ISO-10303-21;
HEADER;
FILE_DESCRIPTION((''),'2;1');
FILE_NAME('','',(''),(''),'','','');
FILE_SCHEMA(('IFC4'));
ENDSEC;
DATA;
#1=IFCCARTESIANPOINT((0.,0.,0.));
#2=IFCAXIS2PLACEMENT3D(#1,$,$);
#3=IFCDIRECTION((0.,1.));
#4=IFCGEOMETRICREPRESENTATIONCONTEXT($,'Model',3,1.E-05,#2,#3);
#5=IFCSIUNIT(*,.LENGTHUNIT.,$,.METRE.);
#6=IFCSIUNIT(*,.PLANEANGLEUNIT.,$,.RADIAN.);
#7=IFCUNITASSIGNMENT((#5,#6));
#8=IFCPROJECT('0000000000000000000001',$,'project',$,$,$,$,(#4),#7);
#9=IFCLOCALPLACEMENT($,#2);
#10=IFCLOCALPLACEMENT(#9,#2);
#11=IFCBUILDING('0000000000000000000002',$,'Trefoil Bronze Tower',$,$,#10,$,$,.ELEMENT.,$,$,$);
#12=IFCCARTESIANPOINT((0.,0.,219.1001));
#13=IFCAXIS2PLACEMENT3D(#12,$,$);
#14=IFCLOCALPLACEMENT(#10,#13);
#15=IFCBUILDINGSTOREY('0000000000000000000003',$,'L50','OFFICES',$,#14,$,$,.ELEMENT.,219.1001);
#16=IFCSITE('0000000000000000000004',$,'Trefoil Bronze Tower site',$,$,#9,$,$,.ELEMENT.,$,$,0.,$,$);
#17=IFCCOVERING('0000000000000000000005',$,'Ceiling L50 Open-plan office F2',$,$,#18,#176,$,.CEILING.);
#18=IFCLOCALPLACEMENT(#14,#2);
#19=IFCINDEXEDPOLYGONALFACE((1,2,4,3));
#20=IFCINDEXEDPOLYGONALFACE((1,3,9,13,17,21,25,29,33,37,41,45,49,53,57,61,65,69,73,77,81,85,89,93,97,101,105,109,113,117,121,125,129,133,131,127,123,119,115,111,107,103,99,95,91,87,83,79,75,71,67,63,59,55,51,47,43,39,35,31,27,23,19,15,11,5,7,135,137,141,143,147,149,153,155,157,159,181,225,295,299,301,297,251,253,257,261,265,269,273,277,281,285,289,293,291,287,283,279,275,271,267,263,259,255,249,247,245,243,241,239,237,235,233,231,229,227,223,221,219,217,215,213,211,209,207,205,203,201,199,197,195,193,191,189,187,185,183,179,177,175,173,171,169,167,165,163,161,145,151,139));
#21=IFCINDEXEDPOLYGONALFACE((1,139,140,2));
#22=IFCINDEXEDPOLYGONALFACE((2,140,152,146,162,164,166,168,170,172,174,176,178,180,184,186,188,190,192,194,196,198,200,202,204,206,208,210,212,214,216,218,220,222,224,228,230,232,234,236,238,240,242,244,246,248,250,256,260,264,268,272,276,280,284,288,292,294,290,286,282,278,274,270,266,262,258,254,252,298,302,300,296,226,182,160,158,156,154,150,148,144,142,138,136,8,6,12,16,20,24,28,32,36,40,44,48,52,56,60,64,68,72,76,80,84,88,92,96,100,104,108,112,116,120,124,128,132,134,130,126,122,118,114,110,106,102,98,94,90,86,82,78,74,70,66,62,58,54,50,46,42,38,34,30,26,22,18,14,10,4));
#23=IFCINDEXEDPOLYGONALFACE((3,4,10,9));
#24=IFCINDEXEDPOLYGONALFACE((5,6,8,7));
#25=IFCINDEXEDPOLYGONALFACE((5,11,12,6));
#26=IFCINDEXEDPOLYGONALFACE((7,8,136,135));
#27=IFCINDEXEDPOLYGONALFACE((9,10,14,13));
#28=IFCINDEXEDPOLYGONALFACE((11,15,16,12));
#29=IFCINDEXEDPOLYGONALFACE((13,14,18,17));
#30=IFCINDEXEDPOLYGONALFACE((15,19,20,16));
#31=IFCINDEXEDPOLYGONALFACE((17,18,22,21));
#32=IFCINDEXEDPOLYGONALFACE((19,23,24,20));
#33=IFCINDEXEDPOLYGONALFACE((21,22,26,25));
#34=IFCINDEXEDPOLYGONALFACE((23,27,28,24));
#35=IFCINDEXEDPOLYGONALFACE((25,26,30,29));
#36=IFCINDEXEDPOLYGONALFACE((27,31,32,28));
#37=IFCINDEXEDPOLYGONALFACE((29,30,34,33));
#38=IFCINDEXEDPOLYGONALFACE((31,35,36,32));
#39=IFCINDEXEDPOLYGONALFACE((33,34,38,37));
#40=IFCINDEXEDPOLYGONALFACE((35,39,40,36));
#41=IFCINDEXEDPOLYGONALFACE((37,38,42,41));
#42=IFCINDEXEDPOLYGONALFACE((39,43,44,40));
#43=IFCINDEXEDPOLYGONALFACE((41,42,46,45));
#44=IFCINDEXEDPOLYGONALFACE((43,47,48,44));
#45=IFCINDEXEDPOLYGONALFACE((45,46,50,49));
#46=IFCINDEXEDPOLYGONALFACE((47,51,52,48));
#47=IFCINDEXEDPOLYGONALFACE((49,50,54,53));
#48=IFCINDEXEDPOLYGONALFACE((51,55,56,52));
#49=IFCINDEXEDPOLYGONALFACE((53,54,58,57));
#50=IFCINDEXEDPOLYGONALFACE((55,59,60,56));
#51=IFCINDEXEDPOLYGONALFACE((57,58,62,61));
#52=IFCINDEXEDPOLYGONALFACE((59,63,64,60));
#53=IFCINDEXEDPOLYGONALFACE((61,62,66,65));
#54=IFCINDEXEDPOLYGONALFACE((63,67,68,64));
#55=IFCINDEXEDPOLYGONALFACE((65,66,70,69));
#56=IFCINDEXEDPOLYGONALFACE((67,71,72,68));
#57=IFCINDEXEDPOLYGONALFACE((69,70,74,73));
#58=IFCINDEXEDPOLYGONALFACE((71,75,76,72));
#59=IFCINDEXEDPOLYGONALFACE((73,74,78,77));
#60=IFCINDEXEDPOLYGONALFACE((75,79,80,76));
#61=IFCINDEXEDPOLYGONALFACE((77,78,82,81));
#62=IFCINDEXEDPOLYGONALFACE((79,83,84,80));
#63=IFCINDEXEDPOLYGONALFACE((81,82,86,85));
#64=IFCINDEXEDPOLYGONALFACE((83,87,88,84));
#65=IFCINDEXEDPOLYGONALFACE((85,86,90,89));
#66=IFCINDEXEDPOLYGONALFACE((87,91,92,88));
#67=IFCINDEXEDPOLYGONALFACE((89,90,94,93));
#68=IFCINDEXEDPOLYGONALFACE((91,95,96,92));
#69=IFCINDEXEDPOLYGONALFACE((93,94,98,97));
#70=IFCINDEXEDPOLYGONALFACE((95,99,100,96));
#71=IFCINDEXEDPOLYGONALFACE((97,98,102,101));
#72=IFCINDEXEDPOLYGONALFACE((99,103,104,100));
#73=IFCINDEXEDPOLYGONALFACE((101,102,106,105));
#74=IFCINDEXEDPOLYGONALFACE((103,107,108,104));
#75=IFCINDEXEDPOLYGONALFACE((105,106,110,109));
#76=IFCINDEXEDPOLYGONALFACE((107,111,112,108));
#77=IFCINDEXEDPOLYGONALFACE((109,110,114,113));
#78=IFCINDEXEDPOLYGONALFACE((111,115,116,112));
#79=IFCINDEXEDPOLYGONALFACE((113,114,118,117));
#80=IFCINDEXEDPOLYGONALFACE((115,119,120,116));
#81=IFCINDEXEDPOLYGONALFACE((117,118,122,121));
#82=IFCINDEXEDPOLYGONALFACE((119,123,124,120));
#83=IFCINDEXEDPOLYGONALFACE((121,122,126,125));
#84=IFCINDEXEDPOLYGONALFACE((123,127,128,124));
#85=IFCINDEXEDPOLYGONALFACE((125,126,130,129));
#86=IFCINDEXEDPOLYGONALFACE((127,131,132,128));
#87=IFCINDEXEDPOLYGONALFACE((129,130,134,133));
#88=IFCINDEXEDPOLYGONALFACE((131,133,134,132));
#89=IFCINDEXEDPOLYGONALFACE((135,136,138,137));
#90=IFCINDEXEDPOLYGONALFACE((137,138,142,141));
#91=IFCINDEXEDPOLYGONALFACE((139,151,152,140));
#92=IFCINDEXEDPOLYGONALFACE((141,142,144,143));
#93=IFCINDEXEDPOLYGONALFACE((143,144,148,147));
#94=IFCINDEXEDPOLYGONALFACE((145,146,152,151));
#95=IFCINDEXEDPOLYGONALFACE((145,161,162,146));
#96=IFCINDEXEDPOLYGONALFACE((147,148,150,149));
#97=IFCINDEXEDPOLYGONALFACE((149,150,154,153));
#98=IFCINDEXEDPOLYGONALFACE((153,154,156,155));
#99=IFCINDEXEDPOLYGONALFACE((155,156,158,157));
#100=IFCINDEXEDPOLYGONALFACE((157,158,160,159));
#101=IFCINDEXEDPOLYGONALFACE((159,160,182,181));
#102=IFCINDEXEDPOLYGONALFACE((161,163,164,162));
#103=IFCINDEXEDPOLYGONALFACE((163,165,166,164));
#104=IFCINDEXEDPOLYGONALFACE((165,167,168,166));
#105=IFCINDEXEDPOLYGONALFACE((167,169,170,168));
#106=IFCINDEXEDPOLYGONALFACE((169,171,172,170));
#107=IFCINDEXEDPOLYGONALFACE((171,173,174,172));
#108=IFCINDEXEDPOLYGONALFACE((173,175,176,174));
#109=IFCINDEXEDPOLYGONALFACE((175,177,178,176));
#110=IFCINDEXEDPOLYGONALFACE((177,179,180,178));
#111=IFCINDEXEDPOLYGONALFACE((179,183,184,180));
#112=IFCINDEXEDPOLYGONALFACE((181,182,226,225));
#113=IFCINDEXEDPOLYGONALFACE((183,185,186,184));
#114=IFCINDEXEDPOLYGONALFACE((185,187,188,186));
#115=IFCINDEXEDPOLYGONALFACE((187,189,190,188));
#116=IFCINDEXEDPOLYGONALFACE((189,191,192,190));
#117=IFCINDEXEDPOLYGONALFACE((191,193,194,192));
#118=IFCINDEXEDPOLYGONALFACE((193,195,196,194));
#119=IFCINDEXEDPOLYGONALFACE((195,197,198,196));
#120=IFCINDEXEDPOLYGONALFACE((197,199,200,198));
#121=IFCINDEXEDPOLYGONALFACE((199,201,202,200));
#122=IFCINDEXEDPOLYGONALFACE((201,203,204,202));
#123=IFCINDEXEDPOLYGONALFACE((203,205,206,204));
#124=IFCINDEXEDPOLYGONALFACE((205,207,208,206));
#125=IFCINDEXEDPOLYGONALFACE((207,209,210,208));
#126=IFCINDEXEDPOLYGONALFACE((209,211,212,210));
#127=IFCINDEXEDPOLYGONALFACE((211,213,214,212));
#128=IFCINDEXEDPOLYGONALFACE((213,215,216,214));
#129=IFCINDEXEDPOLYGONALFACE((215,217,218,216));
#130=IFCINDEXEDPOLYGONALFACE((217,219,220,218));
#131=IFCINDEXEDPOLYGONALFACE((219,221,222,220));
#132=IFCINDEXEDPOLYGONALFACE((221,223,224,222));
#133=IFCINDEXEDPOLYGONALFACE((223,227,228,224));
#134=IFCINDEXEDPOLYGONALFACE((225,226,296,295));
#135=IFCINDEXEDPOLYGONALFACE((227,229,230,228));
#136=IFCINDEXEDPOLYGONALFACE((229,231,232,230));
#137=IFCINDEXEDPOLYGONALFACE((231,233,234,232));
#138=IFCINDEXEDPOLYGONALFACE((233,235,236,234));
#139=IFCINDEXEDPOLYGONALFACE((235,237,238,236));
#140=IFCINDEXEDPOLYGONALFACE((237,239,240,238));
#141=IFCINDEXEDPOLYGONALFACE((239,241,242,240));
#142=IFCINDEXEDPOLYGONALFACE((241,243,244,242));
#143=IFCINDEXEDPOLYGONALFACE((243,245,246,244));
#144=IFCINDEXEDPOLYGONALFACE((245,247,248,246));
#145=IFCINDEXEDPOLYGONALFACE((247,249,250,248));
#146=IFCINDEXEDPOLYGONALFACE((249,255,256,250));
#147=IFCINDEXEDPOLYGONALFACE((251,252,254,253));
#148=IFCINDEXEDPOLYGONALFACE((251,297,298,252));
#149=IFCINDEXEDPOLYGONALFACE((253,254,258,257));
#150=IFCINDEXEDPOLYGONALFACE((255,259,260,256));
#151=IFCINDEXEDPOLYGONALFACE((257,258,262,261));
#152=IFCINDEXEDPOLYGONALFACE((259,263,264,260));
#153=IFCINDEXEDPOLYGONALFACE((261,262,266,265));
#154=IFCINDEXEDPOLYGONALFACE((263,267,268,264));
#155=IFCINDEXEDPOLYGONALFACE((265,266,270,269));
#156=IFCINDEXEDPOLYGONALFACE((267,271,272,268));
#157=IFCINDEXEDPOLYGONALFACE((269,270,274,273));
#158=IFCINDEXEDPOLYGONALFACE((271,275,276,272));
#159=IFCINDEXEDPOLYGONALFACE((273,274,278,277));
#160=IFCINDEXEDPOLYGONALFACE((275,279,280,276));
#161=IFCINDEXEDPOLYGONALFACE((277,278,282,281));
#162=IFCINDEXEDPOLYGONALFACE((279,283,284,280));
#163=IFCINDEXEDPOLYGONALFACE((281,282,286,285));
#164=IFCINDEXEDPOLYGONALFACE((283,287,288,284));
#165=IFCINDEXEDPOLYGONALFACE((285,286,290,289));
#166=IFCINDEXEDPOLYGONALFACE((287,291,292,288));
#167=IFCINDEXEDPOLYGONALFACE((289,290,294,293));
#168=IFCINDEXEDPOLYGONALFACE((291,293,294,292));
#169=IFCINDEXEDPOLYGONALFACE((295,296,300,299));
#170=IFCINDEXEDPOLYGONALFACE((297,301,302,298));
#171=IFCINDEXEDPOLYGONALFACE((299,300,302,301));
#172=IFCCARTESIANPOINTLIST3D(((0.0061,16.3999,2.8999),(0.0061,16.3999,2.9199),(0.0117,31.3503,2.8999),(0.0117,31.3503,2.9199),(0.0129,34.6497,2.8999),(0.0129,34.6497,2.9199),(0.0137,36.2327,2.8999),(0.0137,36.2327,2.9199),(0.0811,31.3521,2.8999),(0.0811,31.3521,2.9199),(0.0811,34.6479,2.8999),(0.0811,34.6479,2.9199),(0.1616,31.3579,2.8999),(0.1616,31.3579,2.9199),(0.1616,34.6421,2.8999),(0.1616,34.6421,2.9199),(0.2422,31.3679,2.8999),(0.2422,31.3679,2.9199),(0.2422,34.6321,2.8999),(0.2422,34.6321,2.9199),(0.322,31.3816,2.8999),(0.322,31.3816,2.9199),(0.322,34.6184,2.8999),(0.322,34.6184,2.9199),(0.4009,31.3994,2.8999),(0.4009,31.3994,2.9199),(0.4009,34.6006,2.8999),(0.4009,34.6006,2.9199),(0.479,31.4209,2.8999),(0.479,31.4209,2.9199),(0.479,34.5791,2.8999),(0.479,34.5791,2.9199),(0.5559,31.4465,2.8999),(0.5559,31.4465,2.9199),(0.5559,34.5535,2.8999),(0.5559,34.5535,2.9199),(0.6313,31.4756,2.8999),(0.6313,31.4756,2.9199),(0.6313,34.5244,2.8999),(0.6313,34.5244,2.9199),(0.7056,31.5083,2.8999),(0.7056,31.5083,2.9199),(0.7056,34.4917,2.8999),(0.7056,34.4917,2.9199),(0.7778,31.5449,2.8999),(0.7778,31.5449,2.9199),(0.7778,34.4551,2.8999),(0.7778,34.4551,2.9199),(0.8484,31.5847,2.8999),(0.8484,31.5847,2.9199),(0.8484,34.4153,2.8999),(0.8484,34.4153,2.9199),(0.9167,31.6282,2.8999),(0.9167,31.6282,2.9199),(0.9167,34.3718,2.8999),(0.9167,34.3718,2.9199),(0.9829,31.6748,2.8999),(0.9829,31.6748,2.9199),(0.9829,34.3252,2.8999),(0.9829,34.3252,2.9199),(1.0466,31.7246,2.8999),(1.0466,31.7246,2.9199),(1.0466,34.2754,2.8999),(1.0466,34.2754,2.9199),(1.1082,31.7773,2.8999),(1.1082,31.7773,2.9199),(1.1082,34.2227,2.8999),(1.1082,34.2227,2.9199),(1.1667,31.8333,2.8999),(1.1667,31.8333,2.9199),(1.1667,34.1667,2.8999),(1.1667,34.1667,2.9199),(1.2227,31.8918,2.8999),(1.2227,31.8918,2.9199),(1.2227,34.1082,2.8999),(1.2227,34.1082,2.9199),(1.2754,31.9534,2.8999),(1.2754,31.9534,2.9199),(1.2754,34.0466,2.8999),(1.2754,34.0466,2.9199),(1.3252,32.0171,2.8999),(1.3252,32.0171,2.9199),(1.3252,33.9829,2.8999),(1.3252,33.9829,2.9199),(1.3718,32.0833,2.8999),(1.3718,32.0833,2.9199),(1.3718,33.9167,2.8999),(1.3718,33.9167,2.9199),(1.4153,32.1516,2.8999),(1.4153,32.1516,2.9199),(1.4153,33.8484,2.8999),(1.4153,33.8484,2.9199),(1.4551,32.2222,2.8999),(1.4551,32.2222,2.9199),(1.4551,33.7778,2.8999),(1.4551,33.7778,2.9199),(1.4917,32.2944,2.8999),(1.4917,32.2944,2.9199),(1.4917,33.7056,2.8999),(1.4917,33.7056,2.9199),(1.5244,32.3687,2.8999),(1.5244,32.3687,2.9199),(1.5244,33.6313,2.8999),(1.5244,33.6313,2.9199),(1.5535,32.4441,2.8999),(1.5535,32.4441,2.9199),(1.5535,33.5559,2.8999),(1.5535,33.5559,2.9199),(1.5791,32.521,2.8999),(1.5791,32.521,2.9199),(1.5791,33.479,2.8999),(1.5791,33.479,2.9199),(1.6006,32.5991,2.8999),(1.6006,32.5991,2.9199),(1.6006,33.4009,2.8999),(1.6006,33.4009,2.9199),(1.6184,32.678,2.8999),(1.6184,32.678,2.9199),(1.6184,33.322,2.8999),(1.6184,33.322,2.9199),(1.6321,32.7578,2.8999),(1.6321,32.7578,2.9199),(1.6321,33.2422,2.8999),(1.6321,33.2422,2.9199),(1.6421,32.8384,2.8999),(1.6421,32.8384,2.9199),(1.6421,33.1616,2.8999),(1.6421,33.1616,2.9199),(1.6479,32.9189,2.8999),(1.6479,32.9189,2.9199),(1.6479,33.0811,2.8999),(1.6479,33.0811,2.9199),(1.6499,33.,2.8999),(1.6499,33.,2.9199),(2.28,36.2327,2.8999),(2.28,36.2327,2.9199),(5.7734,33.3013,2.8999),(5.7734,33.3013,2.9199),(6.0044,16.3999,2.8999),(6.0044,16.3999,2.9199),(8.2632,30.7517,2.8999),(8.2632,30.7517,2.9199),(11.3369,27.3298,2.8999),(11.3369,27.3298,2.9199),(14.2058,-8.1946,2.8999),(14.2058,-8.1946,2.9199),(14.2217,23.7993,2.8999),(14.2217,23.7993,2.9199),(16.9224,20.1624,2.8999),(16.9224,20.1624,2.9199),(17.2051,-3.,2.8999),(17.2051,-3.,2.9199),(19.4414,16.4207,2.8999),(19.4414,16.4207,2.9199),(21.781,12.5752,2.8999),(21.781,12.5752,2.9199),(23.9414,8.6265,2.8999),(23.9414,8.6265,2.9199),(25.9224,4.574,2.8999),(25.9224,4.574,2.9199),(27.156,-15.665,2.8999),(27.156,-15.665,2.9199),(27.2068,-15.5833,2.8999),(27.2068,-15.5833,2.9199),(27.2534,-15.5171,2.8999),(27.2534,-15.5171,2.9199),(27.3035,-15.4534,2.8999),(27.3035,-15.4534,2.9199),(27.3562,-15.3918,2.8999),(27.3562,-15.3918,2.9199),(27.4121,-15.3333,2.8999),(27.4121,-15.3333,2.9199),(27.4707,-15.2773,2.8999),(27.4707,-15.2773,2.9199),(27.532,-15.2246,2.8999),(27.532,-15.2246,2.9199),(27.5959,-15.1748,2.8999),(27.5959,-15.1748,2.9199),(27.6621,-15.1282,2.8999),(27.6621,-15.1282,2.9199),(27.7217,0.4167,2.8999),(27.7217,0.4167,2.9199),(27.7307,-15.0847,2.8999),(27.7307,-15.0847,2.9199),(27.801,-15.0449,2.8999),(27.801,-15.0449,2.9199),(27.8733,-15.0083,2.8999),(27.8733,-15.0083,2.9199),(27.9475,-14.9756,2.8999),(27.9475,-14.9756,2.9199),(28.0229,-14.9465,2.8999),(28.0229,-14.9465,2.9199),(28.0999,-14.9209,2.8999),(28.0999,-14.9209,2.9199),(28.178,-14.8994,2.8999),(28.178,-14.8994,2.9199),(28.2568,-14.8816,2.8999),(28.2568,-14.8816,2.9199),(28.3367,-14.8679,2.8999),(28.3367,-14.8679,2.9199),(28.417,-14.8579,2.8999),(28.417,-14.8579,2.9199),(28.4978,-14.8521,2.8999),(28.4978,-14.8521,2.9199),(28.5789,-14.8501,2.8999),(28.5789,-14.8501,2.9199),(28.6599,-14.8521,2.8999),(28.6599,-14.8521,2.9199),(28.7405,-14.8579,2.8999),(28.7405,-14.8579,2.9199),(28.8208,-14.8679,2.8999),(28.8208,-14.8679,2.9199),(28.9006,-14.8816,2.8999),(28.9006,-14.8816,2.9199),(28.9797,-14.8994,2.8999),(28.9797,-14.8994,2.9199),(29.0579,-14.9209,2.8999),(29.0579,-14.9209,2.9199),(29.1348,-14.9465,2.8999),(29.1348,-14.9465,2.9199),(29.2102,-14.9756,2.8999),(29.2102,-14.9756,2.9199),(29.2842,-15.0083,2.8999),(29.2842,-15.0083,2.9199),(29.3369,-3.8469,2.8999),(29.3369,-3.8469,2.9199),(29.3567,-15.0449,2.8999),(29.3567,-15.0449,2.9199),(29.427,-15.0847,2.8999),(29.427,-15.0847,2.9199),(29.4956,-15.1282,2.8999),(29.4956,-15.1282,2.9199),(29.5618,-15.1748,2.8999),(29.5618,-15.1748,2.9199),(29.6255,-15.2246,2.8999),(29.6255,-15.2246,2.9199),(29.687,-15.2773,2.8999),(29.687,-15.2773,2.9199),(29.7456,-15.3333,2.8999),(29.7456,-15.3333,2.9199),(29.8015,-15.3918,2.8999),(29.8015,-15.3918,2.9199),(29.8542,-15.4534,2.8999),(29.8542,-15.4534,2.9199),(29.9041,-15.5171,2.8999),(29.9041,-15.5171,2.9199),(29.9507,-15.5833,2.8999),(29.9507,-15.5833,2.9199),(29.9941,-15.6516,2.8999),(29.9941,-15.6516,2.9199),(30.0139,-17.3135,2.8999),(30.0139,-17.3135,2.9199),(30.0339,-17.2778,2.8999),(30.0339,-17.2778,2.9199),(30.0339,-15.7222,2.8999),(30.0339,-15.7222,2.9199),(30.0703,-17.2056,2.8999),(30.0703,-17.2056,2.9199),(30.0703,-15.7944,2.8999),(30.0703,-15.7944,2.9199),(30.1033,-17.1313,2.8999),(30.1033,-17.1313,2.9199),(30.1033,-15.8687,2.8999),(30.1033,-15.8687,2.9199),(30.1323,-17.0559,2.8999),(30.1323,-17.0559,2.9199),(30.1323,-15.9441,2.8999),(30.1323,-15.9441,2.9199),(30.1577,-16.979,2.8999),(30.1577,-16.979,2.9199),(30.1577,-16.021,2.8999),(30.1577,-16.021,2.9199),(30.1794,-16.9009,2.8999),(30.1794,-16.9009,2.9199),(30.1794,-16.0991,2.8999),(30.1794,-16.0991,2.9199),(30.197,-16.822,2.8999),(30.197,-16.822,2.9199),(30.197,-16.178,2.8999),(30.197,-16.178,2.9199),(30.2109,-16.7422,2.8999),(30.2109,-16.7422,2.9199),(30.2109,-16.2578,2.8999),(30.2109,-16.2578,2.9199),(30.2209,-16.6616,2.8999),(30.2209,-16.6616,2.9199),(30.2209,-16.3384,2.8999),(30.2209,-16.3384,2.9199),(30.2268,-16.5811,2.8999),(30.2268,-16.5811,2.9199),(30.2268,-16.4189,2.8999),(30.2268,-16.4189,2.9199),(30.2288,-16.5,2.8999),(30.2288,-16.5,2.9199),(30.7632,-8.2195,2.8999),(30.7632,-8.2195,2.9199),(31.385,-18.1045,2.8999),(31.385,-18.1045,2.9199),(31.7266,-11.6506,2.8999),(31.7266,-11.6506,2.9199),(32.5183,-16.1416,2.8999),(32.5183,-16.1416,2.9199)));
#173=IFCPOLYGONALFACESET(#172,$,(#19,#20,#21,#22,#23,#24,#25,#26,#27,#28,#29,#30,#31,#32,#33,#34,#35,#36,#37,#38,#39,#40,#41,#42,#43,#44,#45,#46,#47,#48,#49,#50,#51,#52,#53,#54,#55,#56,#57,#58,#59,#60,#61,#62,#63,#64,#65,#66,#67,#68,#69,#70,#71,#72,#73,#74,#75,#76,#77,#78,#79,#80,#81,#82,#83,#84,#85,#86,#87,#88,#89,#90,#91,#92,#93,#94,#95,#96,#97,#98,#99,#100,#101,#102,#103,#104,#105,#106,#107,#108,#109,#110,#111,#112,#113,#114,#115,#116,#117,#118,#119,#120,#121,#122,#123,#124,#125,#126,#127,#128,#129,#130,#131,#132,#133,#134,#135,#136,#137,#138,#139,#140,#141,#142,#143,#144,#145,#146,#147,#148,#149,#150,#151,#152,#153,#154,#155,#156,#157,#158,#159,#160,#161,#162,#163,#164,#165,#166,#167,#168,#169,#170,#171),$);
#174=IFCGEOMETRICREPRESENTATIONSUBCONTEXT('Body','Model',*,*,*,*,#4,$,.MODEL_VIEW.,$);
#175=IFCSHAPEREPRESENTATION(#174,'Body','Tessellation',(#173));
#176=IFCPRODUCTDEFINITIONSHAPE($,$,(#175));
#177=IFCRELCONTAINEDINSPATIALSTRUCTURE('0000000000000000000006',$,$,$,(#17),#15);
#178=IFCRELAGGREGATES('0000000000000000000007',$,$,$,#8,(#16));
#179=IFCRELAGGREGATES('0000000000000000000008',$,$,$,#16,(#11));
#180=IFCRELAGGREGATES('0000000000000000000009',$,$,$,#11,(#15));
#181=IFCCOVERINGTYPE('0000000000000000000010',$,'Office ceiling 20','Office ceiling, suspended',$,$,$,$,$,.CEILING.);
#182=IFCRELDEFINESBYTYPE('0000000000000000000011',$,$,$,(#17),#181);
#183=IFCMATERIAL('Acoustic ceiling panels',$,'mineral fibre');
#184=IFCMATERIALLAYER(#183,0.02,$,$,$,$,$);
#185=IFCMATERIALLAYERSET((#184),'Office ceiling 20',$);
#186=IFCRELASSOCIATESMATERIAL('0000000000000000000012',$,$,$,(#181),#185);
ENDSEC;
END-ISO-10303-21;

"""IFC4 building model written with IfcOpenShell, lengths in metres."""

from ifc_helpers import new_model, si_unit, direction, frame, origin, place, context, subcontext, project, spatial, polyline, outline, extrude, material, layer, layer_set, type_object, element, save


model = new_model("IFC4")

# Units and contexts
model_context = context("Model", 3, precision=1e-05, world=origin(), true_north=direction((0.0, 1.0)))
body_context = subcontext(model_context, "Body", "Model", "MODEL_VIEW")
ifc_project = project(units=[si_unit("LENGTHUNIT", "METRE"), si_unit("PLANEANGLEUNIT", "RADIAN")], contexts=[model_context])

# Site, building, storey
site_placement = place(None, origin())
site = spatial("IfcSite", under=ifc_project, at=site_placement, Name="Trefoil Bronze Tower site", CompositionType="ELEMENT", RefElevation=0.0)
building_placement = place(site_placement, origin())
building = spatial("IfcBuilding", under=site, at=building_placement, Name="Trefoil Bronze Tower", CompositionType="ELEMENT")
storey_placement = place(building_placement, frame((0.0, 0.0, 219.1001)))
storey = spatial("IfcBuildingStorey", under=building, at=storey_placement, Name="L50", Description="OFFICES", CompositionType="ELEMENT", Elevation=219.1001)

# Covering
ifc_material_1 = material(Name="Acoustic ceiling panels", Category="mineral fibre")
ifc_layer_1 = layer(ifc_material_1, 0.02)
ifc_layer_set_1 = layer_set([ifc_layer_1], Name="Office ceiling 20")
covering_type_1 = type_object("IfcCoveringType", Name="Office ceiling 20", Description="Office ceiling, suspended", PredefinedType="CEILING", material=ifc_layer_set_1)
covering_1_placement = place(storey_placement, frame((0.0, 0.0, 2.8999)))
element("IfcCovering", 1, at=covering_1_placement, inside=storey, type_object=covering_type_1, Name="Ceiling L50 Open-plan office F2", PredefinedType="CEILING", context=body_context, shape_type="SweptSolid", body=[
    extrude(outline(polyline([(8.2632, 30.7517), (11.3369, 27.3298), (14.2217, 23.7993), (16.9224, 20.1624), (19.4414, 16.4207), (21.781, 12.5752), (23.9414, 8.6265), (25.9224, 4.574), (27.7217, 0.4167), (29.3369, -3.8469), (30.7632, -8.2195), (31.7266, -11.6506), (32.5183, -16.1416), (31.385, -18.1045), (30.0139, -17.3135), (30.0339, -17.2778), (30.0703, -17.2056), (30.1033, -17.1313), (30.1323, -17.0559), (30.1577, -16.979), (30.1794, -16.9009), (30.197, -16.822), (30.2109, -16.7422), (30.2209, -16.6616), (30.2268, -16.5811), (30.2288, -16.5), (30.2268, -16.4189), (30.2209, -16.3384), (30.2109, -16.2578), (30.197, -16.178), (30.1794, -16.0991), (30.1577, -16.021), (30.1323, -15.9441), (30.1033, -15.8687), (30.0703, -15.7944), (30.0339, -15.7222), (29.9941, -15.6516), (29.9507, -15.5833), (29.9041, -15.5171), (29.8542, -15.4534), (29.8015, -15.3918), (29.7456, -15.3333), (29.687, -15.2773), (29.6255, -15.2246), (29.5618, -15.1748), (29.4956, -15.1282), (29.427, -15.0847), (29.3567, -15.0449), (29.2842, -15.0083), (29.2102, -14.9756), (29.1348, -14.9465), (29.0579, -14.9209), (28.9797, -14.8994), (28.9006, -14.8816), (28.8208, -14.8679), (28.7405, -14.8579), (28.6599, -14.8521), (28.5789, -14.8501), (28.4978, -14.8521), (28.417, -14.8579), (28.3367, -14.8679), (28.2568, -14.8816), (28.178, -14.8994), (28.0999, -14.9209), (28.0229, -14.9465), (27.9475, -14.9756), (27.8733, -15.0083), (27.801, -15.0449), (27.7307, -15.0847), (27.6621, -15.1282), (27.5959, -15.1748), (27.532, -15.2246), (27.4707, -15.2773), (27.4121, -15.3333), (27.3562, -15.3918), (27.3035, -15.4534), (27.2534, -15.5171), (27.2068, -15.5833), (27.156, -15.665), (14.2058, -8.1946), (17.2051, -3.0), (6.0044, 16.3999), (0.0061, 16.3999), (0.0117, 31.3503), (0.0811, 31.3521), (0.1616, 31.3579), (0.2422, 31.3679), (0.322, 31.3816), (0.4009, 31.3994), (0.479, 31.4209), (0.5559, 31.4465), (0.6313, 31.4756), (0.7056, 31.5083), (0.7778, 31.5449), (0.8484, 31.5847), (0.9167, 31.6282), (0.9829, 31.6748), (1.0466, 31.7246), (1.1082, 31.7773), (1.1667, 31.8333), (1.2227, 31.8918), (1.2754, 31.9534), (1.3252, 32.0171), (1.3718, 32.0833), (1.4153, 32.1516), (1.4551, 32.2222), (1.4917, 32.2944), (1.5244, 32.3687), (1.5535, 32.4441), (1.5791, 32.521), (1.6006, 32.5991), (1.6184, 32.678), (1.6321, 32.7578), (1.6421, 32.8384), (1.6479, 32.9189), (1.6499, 33.0), (1.6479, 33.0811), (1.6421, 33.1616), (1.6321, 33.2422), (1.6184, 33.322), (1.6006, 33.4009), (1.5791, 33.479), (1.5535, 33.5559), (1.5244, 33.6313), (1.4917, 33.7056), (1.4551, 33.7778), (1.4153, 33.8484), (1.3718, 33.9167), (1.3252, 33.9829), (1.2754, 34.0466), (1.2227, 34.1082), (1.1667, 34.1667), (1.1082, 34.2227), (1.0466, 34.2754), (0.9829, 34.3252), (0.9167, 34.3718), (0.8484, 34.4153), (0.7778, 34.4551), (0.7056, 34.4917), (0.6313, 34.5244), (0.5559, 34.5535), (0.479, 34.5791), (0.4009, 34.6006), (0.322, 34.6184), (0.2422, 34.6321), (0.1616, 34.6421), (0.0811, 34.6479), (0.0129, 34.6497), (0.0137, 36.2327), (2.28, 36.2327), (5.7734, 33.3013), (8.2632, 30.7517)])), origin(), (0.0, 0.0, 1.0), 0.02),
])

save(model, "model.ifc")
